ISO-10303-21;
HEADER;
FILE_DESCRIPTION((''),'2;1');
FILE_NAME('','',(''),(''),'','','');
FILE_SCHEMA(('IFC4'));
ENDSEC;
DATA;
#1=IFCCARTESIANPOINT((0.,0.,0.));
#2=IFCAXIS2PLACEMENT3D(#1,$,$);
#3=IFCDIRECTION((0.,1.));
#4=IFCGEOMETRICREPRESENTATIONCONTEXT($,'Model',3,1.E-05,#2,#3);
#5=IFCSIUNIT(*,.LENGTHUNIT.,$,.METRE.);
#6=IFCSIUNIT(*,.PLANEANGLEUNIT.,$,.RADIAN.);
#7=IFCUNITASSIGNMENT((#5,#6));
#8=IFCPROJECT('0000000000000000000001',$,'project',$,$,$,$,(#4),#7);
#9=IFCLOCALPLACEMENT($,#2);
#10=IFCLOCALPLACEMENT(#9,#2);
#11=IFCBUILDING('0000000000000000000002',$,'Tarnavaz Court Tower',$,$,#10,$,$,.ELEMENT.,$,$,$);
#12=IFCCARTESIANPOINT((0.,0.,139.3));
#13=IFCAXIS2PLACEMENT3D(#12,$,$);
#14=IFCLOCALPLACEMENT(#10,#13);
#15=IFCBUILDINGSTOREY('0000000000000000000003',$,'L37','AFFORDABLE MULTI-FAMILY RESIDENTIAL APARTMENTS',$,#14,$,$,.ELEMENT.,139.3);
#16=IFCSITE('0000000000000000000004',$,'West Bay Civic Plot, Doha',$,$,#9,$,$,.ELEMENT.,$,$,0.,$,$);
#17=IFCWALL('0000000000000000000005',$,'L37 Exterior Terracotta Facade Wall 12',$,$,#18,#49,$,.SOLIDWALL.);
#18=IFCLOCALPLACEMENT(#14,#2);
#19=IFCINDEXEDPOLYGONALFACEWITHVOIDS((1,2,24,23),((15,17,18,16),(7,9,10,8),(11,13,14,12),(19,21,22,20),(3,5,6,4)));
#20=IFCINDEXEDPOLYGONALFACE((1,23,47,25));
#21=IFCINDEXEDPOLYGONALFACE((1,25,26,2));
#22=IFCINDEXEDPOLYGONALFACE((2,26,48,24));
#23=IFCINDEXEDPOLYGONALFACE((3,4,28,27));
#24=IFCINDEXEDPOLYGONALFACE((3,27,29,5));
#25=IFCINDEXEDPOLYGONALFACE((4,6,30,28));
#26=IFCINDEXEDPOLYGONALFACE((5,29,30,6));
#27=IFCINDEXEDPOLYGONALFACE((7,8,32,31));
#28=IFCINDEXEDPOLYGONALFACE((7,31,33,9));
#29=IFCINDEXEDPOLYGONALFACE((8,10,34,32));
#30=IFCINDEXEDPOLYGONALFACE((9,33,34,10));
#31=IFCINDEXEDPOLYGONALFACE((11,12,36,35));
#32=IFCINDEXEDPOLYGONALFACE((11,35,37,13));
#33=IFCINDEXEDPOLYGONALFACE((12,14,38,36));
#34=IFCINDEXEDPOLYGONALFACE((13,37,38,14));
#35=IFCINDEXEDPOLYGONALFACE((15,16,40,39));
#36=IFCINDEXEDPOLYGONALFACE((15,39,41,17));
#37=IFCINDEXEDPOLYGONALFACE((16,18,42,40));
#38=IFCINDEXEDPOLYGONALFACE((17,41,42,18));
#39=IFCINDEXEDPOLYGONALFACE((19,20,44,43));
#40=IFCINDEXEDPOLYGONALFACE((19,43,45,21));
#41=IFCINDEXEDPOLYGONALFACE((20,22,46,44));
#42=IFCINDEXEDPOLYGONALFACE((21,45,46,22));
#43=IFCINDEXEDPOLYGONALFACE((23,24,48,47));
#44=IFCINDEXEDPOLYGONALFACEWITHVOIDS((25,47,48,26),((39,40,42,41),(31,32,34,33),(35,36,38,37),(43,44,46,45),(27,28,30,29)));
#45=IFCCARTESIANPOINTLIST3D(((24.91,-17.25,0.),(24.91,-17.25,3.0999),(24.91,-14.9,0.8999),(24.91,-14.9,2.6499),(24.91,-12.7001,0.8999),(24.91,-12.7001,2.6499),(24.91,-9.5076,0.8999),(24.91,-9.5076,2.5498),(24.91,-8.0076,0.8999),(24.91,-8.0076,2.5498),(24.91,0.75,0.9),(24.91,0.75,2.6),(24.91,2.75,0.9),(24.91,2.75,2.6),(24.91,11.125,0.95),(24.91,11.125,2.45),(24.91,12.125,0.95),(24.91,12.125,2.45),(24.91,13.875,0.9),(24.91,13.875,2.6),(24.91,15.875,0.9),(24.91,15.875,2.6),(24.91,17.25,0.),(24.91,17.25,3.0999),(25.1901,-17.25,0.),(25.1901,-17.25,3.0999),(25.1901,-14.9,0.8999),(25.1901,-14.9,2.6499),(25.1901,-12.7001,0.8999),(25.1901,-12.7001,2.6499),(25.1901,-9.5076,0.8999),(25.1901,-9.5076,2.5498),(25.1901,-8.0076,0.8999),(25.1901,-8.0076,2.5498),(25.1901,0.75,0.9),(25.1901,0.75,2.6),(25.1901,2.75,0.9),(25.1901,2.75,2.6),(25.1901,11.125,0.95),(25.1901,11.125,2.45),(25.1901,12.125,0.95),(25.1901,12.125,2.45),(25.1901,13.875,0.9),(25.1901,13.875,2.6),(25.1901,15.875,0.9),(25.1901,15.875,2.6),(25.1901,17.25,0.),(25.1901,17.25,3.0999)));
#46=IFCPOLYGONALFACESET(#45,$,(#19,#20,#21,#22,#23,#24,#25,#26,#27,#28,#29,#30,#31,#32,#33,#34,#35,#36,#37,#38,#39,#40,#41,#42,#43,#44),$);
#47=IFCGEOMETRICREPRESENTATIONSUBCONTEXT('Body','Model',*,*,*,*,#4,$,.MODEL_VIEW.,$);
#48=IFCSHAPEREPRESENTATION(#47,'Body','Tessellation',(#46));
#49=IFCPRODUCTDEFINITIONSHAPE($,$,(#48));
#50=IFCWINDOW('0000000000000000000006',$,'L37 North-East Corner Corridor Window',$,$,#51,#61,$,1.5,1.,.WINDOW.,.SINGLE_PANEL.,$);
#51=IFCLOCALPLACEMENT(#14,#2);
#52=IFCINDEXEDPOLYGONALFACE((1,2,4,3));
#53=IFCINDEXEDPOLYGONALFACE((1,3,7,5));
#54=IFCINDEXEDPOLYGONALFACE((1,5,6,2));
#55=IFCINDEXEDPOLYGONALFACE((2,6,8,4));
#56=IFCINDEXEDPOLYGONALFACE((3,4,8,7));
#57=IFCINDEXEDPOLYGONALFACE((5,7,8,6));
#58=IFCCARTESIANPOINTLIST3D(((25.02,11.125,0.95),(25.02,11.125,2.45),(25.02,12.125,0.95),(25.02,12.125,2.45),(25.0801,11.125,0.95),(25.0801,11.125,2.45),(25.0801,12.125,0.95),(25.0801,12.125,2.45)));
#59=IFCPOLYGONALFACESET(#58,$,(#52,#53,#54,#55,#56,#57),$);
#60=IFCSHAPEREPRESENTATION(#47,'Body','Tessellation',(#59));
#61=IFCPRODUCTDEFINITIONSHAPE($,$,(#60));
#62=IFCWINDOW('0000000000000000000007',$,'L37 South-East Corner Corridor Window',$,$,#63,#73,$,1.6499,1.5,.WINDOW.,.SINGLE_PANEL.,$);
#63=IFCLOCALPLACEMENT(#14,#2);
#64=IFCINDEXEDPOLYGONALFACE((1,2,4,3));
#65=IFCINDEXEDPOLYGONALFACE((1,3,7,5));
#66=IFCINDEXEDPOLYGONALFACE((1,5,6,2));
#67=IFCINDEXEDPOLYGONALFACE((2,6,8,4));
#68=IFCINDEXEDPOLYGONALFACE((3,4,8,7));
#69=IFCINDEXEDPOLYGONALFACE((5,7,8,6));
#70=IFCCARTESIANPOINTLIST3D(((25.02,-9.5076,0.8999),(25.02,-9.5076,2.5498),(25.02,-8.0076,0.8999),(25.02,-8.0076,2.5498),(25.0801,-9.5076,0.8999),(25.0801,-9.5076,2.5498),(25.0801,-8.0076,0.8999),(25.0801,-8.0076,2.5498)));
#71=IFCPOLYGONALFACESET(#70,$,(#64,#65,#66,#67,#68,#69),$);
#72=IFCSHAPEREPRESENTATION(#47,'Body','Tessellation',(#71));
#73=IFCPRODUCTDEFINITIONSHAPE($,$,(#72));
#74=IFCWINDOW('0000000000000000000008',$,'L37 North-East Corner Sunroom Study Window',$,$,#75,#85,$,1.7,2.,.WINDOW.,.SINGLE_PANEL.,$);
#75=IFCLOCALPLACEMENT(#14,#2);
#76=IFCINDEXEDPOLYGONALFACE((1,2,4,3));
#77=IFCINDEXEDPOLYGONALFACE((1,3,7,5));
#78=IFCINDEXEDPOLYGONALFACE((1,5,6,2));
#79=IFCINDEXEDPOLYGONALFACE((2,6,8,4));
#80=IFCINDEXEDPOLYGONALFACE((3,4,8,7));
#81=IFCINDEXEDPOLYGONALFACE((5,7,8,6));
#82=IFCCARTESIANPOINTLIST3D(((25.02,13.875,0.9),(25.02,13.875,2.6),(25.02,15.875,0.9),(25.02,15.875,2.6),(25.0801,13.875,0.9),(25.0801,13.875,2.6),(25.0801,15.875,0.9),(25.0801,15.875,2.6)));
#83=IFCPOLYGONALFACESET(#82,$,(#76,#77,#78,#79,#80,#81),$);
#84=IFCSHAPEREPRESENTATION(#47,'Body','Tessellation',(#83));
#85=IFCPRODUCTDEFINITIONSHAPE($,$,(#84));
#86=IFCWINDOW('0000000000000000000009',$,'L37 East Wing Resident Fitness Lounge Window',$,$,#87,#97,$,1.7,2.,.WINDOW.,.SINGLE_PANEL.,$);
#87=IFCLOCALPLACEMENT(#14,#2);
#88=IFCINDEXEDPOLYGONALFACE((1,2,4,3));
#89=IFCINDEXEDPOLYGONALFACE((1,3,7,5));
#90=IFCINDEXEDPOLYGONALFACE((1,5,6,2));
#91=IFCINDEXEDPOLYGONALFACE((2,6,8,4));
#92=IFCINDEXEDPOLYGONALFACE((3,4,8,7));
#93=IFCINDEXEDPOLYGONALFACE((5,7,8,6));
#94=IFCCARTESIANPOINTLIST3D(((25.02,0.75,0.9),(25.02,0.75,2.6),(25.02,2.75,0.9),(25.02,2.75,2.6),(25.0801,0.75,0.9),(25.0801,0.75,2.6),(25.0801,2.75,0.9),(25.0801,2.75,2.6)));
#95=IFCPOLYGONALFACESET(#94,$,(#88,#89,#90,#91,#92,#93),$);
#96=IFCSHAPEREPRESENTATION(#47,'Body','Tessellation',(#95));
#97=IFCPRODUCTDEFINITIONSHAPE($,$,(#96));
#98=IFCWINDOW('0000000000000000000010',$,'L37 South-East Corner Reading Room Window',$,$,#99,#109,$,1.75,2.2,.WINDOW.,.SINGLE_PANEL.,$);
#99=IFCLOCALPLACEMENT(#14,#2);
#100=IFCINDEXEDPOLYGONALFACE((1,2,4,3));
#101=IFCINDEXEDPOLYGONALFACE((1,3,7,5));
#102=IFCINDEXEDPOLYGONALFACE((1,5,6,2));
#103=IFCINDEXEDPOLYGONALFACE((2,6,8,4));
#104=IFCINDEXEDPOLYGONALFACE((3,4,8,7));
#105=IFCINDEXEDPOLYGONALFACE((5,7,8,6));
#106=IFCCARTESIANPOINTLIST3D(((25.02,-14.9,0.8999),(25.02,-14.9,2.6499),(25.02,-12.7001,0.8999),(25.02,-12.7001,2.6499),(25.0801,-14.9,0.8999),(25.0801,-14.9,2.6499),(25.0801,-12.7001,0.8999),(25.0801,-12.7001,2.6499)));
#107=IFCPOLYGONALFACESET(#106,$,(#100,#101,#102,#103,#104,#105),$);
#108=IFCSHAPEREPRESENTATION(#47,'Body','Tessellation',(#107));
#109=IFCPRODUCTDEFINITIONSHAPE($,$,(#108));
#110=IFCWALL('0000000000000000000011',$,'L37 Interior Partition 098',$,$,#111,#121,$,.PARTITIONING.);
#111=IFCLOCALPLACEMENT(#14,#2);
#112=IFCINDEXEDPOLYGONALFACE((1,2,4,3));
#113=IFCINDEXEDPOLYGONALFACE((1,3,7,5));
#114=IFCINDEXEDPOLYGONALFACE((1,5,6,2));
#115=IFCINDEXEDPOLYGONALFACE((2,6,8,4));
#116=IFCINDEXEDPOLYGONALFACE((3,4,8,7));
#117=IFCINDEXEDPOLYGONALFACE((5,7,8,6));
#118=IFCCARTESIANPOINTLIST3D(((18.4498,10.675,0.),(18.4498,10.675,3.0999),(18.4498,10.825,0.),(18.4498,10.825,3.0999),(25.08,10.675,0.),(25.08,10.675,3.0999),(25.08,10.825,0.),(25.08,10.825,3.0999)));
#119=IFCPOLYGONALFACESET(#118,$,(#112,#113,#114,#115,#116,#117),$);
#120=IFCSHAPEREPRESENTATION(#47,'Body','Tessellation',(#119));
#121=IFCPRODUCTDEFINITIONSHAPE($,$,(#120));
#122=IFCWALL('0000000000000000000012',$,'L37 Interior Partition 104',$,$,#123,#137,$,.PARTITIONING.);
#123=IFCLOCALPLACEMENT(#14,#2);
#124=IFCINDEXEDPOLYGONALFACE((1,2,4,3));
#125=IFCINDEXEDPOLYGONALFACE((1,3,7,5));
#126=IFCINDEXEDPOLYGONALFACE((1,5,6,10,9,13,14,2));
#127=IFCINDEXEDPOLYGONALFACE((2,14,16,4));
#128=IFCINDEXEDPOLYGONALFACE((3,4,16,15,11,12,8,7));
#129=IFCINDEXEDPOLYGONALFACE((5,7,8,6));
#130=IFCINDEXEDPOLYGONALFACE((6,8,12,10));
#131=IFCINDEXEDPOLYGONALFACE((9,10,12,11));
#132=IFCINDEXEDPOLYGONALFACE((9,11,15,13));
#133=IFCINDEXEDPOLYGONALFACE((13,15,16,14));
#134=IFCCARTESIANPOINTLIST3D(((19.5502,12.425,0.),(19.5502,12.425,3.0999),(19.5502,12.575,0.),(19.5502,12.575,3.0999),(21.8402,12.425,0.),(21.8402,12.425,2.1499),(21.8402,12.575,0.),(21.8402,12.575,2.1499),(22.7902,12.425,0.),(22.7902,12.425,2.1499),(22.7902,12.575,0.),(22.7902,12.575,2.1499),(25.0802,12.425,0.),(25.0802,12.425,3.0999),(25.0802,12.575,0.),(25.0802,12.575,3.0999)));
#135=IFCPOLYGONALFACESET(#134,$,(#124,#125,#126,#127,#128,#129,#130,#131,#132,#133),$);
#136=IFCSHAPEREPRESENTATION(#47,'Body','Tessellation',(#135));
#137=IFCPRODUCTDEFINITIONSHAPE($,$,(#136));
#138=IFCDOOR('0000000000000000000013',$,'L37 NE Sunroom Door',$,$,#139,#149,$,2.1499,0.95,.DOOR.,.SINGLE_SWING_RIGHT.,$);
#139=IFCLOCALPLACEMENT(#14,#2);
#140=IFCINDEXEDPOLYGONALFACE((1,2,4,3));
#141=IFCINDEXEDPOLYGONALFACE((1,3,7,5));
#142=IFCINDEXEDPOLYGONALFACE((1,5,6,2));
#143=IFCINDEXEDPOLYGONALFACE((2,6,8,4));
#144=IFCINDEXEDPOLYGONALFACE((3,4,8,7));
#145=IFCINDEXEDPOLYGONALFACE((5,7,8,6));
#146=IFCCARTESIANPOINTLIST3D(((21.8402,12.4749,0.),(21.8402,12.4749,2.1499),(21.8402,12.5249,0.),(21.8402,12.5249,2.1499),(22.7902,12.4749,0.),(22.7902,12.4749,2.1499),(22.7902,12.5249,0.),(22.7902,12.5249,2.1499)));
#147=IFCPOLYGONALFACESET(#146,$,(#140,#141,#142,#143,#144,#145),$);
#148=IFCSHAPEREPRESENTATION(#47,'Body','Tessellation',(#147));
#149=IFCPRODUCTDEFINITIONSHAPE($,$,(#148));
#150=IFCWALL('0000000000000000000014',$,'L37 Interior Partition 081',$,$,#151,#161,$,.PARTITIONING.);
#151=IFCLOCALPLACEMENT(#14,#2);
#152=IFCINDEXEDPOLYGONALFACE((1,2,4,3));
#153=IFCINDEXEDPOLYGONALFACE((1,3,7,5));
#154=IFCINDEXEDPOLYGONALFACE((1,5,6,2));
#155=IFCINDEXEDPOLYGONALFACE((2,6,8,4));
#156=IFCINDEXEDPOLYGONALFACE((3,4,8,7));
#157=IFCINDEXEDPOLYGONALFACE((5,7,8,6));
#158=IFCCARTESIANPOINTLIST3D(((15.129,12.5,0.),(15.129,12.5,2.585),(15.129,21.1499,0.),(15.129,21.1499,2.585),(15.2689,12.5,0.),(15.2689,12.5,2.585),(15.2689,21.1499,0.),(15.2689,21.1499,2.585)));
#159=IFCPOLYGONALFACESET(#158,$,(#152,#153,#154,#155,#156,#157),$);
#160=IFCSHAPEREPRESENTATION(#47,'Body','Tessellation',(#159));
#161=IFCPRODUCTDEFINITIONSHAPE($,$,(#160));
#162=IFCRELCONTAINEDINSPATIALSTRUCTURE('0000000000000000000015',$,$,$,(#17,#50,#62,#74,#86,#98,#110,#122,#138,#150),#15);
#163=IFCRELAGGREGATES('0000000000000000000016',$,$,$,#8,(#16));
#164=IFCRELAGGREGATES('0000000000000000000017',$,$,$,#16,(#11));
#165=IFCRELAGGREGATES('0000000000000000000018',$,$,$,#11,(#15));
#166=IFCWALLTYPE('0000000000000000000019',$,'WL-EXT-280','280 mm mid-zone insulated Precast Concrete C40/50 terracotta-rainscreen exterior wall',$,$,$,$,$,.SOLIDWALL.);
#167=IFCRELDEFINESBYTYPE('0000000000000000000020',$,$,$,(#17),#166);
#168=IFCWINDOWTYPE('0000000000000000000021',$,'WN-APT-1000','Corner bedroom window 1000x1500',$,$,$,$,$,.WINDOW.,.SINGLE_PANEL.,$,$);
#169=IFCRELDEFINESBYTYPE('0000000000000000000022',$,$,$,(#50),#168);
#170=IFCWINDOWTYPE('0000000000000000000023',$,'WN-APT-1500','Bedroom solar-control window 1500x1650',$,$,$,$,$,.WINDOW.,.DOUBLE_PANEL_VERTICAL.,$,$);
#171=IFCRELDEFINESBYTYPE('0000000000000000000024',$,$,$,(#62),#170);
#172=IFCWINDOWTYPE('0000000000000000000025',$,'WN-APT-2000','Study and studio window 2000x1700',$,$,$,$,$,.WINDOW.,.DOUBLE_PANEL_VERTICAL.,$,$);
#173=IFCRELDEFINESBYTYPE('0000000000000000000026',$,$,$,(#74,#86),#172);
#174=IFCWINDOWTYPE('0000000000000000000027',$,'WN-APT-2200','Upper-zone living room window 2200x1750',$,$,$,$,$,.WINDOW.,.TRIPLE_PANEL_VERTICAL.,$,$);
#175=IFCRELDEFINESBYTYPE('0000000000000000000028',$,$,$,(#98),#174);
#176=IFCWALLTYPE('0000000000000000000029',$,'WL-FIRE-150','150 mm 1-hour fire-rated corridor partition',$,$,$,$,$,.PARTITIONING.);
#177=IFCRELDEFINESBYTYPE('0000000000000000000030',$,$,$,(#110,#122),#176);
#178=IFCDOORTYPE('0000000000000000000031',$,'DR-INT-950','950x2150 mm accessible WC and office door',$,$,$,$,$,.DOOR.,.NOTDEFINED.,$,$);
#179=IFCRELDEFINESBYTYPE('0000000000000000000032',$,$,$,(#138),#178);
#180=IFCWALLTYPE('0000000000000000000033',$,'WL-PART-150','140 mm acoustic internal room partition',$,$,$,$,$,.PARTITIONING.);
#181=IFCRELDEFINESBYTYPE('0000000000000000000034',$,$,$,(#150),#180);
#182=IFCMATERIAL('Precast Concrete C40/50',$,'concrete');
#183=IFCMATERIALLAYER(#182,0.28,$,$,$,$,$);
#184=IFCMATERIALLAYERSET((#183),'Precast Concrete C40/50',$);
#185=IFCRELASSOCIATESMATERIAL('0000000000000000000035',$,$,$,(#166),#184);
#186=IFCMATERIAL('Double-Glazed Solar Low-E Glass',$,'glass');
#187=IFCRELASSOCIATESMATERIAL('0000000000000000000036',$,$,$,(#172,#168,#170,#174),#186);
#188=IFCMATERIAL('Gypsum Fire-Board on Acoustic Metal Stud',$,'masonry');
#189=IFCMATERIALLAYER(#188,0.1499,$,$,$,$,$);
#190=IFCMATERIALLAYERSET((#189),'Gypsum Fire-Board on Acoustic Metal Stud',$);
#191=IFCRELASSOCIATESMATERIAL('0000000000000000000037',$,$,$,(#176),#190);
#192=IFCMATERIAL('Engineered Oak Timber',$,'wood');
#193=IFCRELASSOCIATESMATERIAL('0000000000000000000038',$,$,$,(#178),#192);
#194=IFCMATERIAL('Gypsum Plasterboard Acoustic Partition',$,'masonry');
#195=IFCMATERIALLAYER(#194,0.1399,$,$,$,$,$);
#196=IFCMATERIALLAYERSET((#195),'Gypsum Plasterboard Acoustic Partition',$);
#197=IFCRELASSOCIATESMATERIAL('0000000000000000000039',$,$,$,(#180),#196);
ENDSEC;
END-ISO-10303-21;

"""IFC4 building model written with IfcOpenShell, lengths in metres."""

from ifc_helpers import new_model, si_unit, direction, frame, frame_2d, origin, place, context, subcontext, project, spatial, rectangle, extrude, material, layer, layer_set, type_object, element, fill, save


model = new_model("IFC4")

# Units and contexts
model_context = context("Model", 3, precision=1e-05, world=origin(), true_north=direction((0.0, 1.0)))
body_context = subcontext(model_context, "Body", "Model", "MODEL_VIEW")
ifc_project = project(units=[si_unit("LENGTHUNIT", "METRE"), si_unit("PLANEANGLEUNIT", "RADIAN")], contexts=[model_context])

# Site, building, storey
site_placement = place(None, origin())
site = spatial("IfcSite", under=ifc_project, at=site_placement, Name="West Bay Civic Plot, Doha", CompositionType="ELEMENT", RefElevation=0.0)
building_placement = place(site_placement, origin())
building = spatial("IfcBuilding", under=site, at=building_placement, Name="Tarnavaz Court Tower", CompositionType="ELEMENT")
storey_placement = place(building_placement, frame((0.0, 0.0, 139.3)))
storey = spatial("IfcBuildingStorey", under=building, at=storey_placement, Name="L37", Description="AFFORDABLE MULTI-FAMILY RESIDENTIAL APARTMENTS", CompositionType="ELEMENT", Elevation=139.3)

# Shared definitions
ifc_material_1 = material(Name="Precast Concrete C40/50", Category="concrete")
ifc_layer_1 = layer(ifc_material_1, 0.28)
ifc_layer_set_1 = layer_set([ifc_layer_1], Name="Precast Concrete C40/50")
wall_type_1 = type_object("IfcWallType", Name="WL-EXT-280", Description="280 mm mid-zone insulated Precast Concrete C40/50 terracotta-rainscreen exterior wall", PredefinedType="SOLIDWALL", material=ifc_layer_set_1)
ifc_material_2 = material(Name="Double-Glazed Solar Low-E Glass", Category="glass")
window_type_1 = type_object("IfcWindowType", Name="WN-APT-2000", Description="Study and studio window 2000x1700", PartitioningType="DOUBLE_PANEL_VERTICAL", PredefinedType="WINDOW", material=ifc_material_2)

# Wall, openings, windows
wall_1_placement = place(storey_placement, frame((25.05, 17.25, 0.0), z_axis=(0.0, 0.0, 1.0), x_axis=(0.0, -1.0, 0.0)))
wall_1 = element("IfcWall", 1, at=wall_1_placement, inside=storey, type_object=wall_type_1, Name="L37 Exterior Terracotta Facade Wall 12", PredefinedType="SOLIDWALL", context=body_context, shape_type="SweptSolid", body=[
    extrude(rectangle(XDim=34.5, YDim=0.28, at=frame_2d((17.25, 0.0))), origin(), (0.0, 0.0, 1.0), 3.0999),
])
opening_1_placement = place(wall_1_placement, frame((1.375, 0.0, 0.8999)))
opening_1 = element("IfcOpeningElement", 2, at=opening_1_placement, cuts=wall_1, PredefinedType="OPENING", context=body_context, shape_type="SweptSolid", body=[
    extrude(rectangle(XDim=2.0, YDim=1.7, at=frame_2d((1.0, 0.8501))), frame((0.0, 0.1499, 0.0), z_axis=(0.0, -1.0, 0.0), x_axis=(1.0, 0.0, 0.0)), (0.0, 0.0, 1.0), 0.3),
])
opening_2_placement = place(wall_1_placement, frame((5.125, 0.0, 0.95)))
opening_2 = element("IfcOpeningElement", 3, at=opening_2_placement, cuts=wall_1, PredefinedType="OPENING", context=body_context, shape_type="SweptSolid", body=[
    extrude(rectangle(XDim=1.0, YDim=1.5, at=frame_2d((0.5, 0.75))), frame((0.0, 0.1499, 0.0), z_axis=(0.0, -1.0, 0.0), x_axis=(1.0, 0.0, 0.0)), (0.0, 0.0, 1.0), 0.3),
])
opening_3_placement = place(wall_1_placement, frame((14.5, 0.0, 0.8999)))
opening_3 = element("IfcOpeningElement", 4, at=opening_3_placement, cuts=wall_1, PredefinedType="OPENING", context=body_context, shape_type="SweptSolid", body=[
    extrude(rectangle(XDim=2.0, YDim=1.7, at=frame_2d((1.0, 0.8501))), frame((0.0, 0.1499, 0.0), z_axis=(0.0, -1.0, 0.0), x_axis=(1.0, 0.0, 0.0)), (0.0, 0.0, 1.0), 0.3),
])
opening_4_placement = place(wall_1_placement, frame((25.2576, 0.0, 0.8999)))
opening_4 = element("IfcOpeningElement", 5, at=opening_4_placement, cuts=wall_1, PredefinedType="OPENING", context=body_context, shape_type="SweptSolid", body=[
    extrude(rectangle(XDim=1.5, YDim=1.6499, at=frame_2d((0.75, 0.825))), frame((0.0, 0.1499, 0.0), z_axis=(0.0, -1.0, 0.0), x_axis=(1.0, 0.0, 0.0)), (0.0, 0.0, 1.0), 0.3),
])
opening_5_placement = place(wall_1_placement, frame((29.95, 0.0, 0.8999)))
opening_5 = element("IfcOpeningElement", 6, at=opening_5_placement, cuts=wall_1, PredefinedType="OPENING", context=body_context, shape_type="SweptSolid", body=[
    extrude(rectangle(XDim=2.2, YDim=1.75, at=frame_2d((1.1001, 0.875))), frame((0.0, 0.1499, 0.0), z_axis=(0.0, -1.0, 0.0), x_axis=(1.0, 0.0, 0.0)), (0.0, 0.0, 1.0), 0.3),
])
window_type_2 = type_object("IfcWindowType", Name="WN-APT-1000", Description="Corner bedroom window 1000x1500", PartitioningType="SINGLE_PANEL", PredefinedType="WINDOW", material=ifc_material_2)
window_1_placement = place(opening_2_placement, origin())
window_1 = element("IfcWindow", 7, at=window_1_placement, inside=storey, type_object=window_type_2, Name="L37 North-East Corner Corridor Window", OverallHeight=1.5, OverallWidth=1.0, PartitioningType="SINGLE_PANEL", PredefinedType="WINDOW", context=body_context, shape_type="SweptSolid", body=[
    extrude(rectangle(XDim=1.0, YDim=1.5, at=frame_2d((0.5, 0.75))), frame((0.0, 0.03, 0.0), z_axis=(0.0, -1.0, 0.0), x_axis=(1.0, 0.0, 0.0)), (0.0, 0.0, 1.0), 0.0601),
])
fill(opening_2, window_1)
window_type_3 = type_object("IfcWindowType", Name="WN-APT-1500", Description="Bedroom solar-control window 1500x1650", PartitioningType="DOUBLE_PANEL_VERTICAL", PredefinedType="WINDOW", material=ifc_material_2)
window_2_placement = place(opening_4_placement, origin())
window_2 = element("IfcWindow", 8, at=window_2_placement, inside=storey, type_object=window_type_3, Name="L37 South-East Corner Corridor Window", OverallHeight=1.6499, OverallWidth=1.5, PartitioningType="SINGLE_PANEL", PredefinedType="WINDOW", context=body_context, shape_type="SweptSolid", body=[
    extrude(rectangle(XDim=1.5, YDim=1.6499, at=frame_2d((0.75, 0.825))), frame((0.0, 0.03, 0.0), z_axis=(0.0, -1.0, 0.0), x_axis=(1.0, 0.0, 0.0)), (0.0, 0.0, 1.0), 0.0601),
])
fill(opening_4, window_2)
window_3_placement = place(opening_1_placement, origin())
window_3 = element("IfcWindow", 9, at=window_3_placement, inside=storey, type_object=window_type_1, Name="L37 North-East Corner Sunroom Study Window", OverallHeight=1.7, OverallWidth=2.0, PartitioningType="SINGLE_PANEL", PredefinedType="WINDOW", context=body_context, shape_type="SweptSolid", body=[
    extrude(rectangle(XDim=2.0, YDim=1.7, at=frame_2d((1.0, 0.8501))), frame((0.0, 0.03, 0.0), z_axis=(0.0, -1.0, 0.0), x_axis=(1.0, 0.0, 0.0)), (0.0, 0.0, 1.0), 0.0601),
])
fill(opening_1, window_3)
window_4_placement = place(opening_3_placement, origin())
window_4 = element("IfcWindow", 10, at=window_4_placement, inside=storey, type_object=window_type_1, Name="L37 East Wing Resident Fitness Lounge Window", OverallHeight=1.7, OverallWidth=2.0, PartitioningType="SINGLE_PANEL", PredefinedType="WINDOW", context=body_context, shape_type="SweptSolid", body=[
    extrude(rectangle(XDim=2.0, YDim=1.7, at=frame_2d((1.0, 0.8501))), frame((0.0, 0.03, 0.0), z_axis=(0.0, -1.0, 0.0), x_axis=(1.0, 0.0, 0.0)), (0.0, 0.0, 1.0), 0.0601),
])
fill(opening_3, window_4)
window_type_4 = type_object("IfcWindowType", Name="WN-APT-2200", Description="Upper-zone living room window 2200x1750", PartitioningType="TRIPLE_PANEL_VERTICAL", PredefinedType="WINDOW", material=ifc_material_2)
window_5_placement = place(opening_5_placement, origin())
window_5 = element("IfcWindow", 11, at=window_5_placement, inside=storey, type_object=window_type_4, Name="L37 South-East Corner Reading Room Window", OverallHeight=1.75, OverallWidth=2.2, PartitioningType="SINGLE_PANEL", PredefinedType="WINDOW", context=body_context, shape_type="SweptSolid", body=[
    extrude(rectangle(XDim=2.2, YDim=1.75, at=frame_2d((1.1001, 0.875))), frame((0.0, 0.03, 0.0), z_axis=(0.0, -1.0, 0.0), x_axis=(1.0, 0.0, 0.0)), (0.0, 0.0, 1.0), 0.0601),
])
fill(opening_5, window_5)

# Wall
ifc_material_3 = material(Name="Gypsum Fire-Board on Acoustic Metal Stud", Category="masonry")
ifc_layer_2 = layer(ifc_material_3, 0.1499)
ifc_layer_set_2 = layer_set([ifc_layer_2], Name="Gypsum Fire-Board on Acoustic Metal Stud")
wall_type_2 = type_object("IfcWallType", Name="WL-FIRE-150", Description="150 mm 1-hour fire-rated corridor partition", PredefinedType="PARTITIONING", material=ifc_layer_set_2)
wall_2_placement = place(storey_placement, frame((18.45, 10.75, 0.0), z_axis=(0.0, 0.0, 1.0), x_axis=(1.0, 0.0, 0.0)))
element("IfcWall", 12, at=wall_2_placement, inside=storey, type_object=wall_type_2, Name="L37 Interior Partition 098", PredefinedType="PARTITIONING", context=body_context, shape_type="SweptSolid", body=[
    extrude(rectangle(XDim=6.6301, YDim=0.1499, at=frame_2d((3.3149, 0.0))), origin(), (0.0, 0.0, 1.0), 3.0999),
])

# Wall, opening, door
wall_3_placement = place(storey_placement, frame((19.55, 12.5, 0.0), z_axis=(0.0, 0.0, 1.0), x_axis=(1.0, 0.0, 0.0)))
wall_3 = element("IfcWall", 13, at=wall_3_placement, inside=storey, type_object=wall_type_2, Name="L37 Interior Partition 104", PredefinedType="PARTITIONING", context=body_context, shape_type="SweptSolid", body=[
    extrude(rectangle(XDim=5.53, YDim=0.1499, at=frame_2d((2.7651, 0.0))), origin(), (0.0, 0.0, 1.0), 3.0999),
])
opening_6_placement = place(wall_3_placement, frame((2.29, 0.0, 0.0)))
opening_6 = element("IfcOpeningElement", 14, at=opening_6_placement, cuts=wall_3, PredefinedType="OPENING", context=body_context, shape_type="SweptSolid", body=[
    extrude(rectangle(XDim=0.95, YDim=2.1499, at=frame_2d((0.4751, 1.075))), frame((0.0, 0.085, 0.0), z_axis=(0.0, -1.0, 0.0), x_axis=(1.0, 0.0, 0.0)), (0.0, 0.0, 1.0), 0.1699),
])
ifc_material_4 = material(Name="Engineered Oak Timber", Category="wood")
door_type = type_object("IfcDoorType", Name="DR-INT-950", Description="950x2150 mm accessible WC and office door", OperationType="NOTDEFINED", PredefinedType="DOOR", material=ifc_material_4)
door_placement = place(opening_6_placement, origin())
door = element("IfcDoor", 15, at=door_placement, inside=storey, type_object=door_type, Name="L37 NE Sunroom Door", OperationType="SINGLE_SWING_RIGHT", OverallHeight=2.1499, OverallWidth=0.95, PredefinedType="DOOR", context=body_context, shape_type="SweptSolid", body=[
    extrude(rectangle(XDim=0.95, YDim=2.1499, at=frame_2d((0.4751, 1.075))), frame((0.0, 0.0249, 0.0), z_axis=(0.0, -1.0, 0.0), x_axis=(1.0, 0.0, 0.0)), (0.0, 0.0, 1.0), 0.05),
])
fill(opening_6, door)

# Wall
ifc_material_5 = material(Name="Gypsum Plasterboard Acoustic Partition", Category="masonry")
ifc_layer_3 = layer(ifc_material_5, 0.1399)
ifc_layer_set_3 = layer_set([ifc_layer_3], Name="Gypsum Plasterboard Acoustic Partition")
wall_type_3 = type_object("IfcWallType", Name="WL-PART-150", Description="140 mm acoustic internal room partition", PredefinedType="PARTITIONING", material=ifc_layer_set_3)
wall_4_placement = place(storey_placement, frame((15.199, 12.5, 0.0), z_axis=(0.0, 0.0, 1.0), x_axis=(0.0, 1.0, 0.0)))
element("IfcWall", 16, at=wall_4_placement, inside=storey, type_object=wall_type_3, Name="L37 Interior Partition 081", PredefinedType="PARTITIONING", context=body_context, shape_type="SweptSolid", body=[
    extrude(rectangle(XDim=8.6499, YDim=0.1399, at=frame_2d((4.325, 0.0))), origin(), (0.0, 0.0, 1.0), 2.585),
])

save(model, "model.ifc")
